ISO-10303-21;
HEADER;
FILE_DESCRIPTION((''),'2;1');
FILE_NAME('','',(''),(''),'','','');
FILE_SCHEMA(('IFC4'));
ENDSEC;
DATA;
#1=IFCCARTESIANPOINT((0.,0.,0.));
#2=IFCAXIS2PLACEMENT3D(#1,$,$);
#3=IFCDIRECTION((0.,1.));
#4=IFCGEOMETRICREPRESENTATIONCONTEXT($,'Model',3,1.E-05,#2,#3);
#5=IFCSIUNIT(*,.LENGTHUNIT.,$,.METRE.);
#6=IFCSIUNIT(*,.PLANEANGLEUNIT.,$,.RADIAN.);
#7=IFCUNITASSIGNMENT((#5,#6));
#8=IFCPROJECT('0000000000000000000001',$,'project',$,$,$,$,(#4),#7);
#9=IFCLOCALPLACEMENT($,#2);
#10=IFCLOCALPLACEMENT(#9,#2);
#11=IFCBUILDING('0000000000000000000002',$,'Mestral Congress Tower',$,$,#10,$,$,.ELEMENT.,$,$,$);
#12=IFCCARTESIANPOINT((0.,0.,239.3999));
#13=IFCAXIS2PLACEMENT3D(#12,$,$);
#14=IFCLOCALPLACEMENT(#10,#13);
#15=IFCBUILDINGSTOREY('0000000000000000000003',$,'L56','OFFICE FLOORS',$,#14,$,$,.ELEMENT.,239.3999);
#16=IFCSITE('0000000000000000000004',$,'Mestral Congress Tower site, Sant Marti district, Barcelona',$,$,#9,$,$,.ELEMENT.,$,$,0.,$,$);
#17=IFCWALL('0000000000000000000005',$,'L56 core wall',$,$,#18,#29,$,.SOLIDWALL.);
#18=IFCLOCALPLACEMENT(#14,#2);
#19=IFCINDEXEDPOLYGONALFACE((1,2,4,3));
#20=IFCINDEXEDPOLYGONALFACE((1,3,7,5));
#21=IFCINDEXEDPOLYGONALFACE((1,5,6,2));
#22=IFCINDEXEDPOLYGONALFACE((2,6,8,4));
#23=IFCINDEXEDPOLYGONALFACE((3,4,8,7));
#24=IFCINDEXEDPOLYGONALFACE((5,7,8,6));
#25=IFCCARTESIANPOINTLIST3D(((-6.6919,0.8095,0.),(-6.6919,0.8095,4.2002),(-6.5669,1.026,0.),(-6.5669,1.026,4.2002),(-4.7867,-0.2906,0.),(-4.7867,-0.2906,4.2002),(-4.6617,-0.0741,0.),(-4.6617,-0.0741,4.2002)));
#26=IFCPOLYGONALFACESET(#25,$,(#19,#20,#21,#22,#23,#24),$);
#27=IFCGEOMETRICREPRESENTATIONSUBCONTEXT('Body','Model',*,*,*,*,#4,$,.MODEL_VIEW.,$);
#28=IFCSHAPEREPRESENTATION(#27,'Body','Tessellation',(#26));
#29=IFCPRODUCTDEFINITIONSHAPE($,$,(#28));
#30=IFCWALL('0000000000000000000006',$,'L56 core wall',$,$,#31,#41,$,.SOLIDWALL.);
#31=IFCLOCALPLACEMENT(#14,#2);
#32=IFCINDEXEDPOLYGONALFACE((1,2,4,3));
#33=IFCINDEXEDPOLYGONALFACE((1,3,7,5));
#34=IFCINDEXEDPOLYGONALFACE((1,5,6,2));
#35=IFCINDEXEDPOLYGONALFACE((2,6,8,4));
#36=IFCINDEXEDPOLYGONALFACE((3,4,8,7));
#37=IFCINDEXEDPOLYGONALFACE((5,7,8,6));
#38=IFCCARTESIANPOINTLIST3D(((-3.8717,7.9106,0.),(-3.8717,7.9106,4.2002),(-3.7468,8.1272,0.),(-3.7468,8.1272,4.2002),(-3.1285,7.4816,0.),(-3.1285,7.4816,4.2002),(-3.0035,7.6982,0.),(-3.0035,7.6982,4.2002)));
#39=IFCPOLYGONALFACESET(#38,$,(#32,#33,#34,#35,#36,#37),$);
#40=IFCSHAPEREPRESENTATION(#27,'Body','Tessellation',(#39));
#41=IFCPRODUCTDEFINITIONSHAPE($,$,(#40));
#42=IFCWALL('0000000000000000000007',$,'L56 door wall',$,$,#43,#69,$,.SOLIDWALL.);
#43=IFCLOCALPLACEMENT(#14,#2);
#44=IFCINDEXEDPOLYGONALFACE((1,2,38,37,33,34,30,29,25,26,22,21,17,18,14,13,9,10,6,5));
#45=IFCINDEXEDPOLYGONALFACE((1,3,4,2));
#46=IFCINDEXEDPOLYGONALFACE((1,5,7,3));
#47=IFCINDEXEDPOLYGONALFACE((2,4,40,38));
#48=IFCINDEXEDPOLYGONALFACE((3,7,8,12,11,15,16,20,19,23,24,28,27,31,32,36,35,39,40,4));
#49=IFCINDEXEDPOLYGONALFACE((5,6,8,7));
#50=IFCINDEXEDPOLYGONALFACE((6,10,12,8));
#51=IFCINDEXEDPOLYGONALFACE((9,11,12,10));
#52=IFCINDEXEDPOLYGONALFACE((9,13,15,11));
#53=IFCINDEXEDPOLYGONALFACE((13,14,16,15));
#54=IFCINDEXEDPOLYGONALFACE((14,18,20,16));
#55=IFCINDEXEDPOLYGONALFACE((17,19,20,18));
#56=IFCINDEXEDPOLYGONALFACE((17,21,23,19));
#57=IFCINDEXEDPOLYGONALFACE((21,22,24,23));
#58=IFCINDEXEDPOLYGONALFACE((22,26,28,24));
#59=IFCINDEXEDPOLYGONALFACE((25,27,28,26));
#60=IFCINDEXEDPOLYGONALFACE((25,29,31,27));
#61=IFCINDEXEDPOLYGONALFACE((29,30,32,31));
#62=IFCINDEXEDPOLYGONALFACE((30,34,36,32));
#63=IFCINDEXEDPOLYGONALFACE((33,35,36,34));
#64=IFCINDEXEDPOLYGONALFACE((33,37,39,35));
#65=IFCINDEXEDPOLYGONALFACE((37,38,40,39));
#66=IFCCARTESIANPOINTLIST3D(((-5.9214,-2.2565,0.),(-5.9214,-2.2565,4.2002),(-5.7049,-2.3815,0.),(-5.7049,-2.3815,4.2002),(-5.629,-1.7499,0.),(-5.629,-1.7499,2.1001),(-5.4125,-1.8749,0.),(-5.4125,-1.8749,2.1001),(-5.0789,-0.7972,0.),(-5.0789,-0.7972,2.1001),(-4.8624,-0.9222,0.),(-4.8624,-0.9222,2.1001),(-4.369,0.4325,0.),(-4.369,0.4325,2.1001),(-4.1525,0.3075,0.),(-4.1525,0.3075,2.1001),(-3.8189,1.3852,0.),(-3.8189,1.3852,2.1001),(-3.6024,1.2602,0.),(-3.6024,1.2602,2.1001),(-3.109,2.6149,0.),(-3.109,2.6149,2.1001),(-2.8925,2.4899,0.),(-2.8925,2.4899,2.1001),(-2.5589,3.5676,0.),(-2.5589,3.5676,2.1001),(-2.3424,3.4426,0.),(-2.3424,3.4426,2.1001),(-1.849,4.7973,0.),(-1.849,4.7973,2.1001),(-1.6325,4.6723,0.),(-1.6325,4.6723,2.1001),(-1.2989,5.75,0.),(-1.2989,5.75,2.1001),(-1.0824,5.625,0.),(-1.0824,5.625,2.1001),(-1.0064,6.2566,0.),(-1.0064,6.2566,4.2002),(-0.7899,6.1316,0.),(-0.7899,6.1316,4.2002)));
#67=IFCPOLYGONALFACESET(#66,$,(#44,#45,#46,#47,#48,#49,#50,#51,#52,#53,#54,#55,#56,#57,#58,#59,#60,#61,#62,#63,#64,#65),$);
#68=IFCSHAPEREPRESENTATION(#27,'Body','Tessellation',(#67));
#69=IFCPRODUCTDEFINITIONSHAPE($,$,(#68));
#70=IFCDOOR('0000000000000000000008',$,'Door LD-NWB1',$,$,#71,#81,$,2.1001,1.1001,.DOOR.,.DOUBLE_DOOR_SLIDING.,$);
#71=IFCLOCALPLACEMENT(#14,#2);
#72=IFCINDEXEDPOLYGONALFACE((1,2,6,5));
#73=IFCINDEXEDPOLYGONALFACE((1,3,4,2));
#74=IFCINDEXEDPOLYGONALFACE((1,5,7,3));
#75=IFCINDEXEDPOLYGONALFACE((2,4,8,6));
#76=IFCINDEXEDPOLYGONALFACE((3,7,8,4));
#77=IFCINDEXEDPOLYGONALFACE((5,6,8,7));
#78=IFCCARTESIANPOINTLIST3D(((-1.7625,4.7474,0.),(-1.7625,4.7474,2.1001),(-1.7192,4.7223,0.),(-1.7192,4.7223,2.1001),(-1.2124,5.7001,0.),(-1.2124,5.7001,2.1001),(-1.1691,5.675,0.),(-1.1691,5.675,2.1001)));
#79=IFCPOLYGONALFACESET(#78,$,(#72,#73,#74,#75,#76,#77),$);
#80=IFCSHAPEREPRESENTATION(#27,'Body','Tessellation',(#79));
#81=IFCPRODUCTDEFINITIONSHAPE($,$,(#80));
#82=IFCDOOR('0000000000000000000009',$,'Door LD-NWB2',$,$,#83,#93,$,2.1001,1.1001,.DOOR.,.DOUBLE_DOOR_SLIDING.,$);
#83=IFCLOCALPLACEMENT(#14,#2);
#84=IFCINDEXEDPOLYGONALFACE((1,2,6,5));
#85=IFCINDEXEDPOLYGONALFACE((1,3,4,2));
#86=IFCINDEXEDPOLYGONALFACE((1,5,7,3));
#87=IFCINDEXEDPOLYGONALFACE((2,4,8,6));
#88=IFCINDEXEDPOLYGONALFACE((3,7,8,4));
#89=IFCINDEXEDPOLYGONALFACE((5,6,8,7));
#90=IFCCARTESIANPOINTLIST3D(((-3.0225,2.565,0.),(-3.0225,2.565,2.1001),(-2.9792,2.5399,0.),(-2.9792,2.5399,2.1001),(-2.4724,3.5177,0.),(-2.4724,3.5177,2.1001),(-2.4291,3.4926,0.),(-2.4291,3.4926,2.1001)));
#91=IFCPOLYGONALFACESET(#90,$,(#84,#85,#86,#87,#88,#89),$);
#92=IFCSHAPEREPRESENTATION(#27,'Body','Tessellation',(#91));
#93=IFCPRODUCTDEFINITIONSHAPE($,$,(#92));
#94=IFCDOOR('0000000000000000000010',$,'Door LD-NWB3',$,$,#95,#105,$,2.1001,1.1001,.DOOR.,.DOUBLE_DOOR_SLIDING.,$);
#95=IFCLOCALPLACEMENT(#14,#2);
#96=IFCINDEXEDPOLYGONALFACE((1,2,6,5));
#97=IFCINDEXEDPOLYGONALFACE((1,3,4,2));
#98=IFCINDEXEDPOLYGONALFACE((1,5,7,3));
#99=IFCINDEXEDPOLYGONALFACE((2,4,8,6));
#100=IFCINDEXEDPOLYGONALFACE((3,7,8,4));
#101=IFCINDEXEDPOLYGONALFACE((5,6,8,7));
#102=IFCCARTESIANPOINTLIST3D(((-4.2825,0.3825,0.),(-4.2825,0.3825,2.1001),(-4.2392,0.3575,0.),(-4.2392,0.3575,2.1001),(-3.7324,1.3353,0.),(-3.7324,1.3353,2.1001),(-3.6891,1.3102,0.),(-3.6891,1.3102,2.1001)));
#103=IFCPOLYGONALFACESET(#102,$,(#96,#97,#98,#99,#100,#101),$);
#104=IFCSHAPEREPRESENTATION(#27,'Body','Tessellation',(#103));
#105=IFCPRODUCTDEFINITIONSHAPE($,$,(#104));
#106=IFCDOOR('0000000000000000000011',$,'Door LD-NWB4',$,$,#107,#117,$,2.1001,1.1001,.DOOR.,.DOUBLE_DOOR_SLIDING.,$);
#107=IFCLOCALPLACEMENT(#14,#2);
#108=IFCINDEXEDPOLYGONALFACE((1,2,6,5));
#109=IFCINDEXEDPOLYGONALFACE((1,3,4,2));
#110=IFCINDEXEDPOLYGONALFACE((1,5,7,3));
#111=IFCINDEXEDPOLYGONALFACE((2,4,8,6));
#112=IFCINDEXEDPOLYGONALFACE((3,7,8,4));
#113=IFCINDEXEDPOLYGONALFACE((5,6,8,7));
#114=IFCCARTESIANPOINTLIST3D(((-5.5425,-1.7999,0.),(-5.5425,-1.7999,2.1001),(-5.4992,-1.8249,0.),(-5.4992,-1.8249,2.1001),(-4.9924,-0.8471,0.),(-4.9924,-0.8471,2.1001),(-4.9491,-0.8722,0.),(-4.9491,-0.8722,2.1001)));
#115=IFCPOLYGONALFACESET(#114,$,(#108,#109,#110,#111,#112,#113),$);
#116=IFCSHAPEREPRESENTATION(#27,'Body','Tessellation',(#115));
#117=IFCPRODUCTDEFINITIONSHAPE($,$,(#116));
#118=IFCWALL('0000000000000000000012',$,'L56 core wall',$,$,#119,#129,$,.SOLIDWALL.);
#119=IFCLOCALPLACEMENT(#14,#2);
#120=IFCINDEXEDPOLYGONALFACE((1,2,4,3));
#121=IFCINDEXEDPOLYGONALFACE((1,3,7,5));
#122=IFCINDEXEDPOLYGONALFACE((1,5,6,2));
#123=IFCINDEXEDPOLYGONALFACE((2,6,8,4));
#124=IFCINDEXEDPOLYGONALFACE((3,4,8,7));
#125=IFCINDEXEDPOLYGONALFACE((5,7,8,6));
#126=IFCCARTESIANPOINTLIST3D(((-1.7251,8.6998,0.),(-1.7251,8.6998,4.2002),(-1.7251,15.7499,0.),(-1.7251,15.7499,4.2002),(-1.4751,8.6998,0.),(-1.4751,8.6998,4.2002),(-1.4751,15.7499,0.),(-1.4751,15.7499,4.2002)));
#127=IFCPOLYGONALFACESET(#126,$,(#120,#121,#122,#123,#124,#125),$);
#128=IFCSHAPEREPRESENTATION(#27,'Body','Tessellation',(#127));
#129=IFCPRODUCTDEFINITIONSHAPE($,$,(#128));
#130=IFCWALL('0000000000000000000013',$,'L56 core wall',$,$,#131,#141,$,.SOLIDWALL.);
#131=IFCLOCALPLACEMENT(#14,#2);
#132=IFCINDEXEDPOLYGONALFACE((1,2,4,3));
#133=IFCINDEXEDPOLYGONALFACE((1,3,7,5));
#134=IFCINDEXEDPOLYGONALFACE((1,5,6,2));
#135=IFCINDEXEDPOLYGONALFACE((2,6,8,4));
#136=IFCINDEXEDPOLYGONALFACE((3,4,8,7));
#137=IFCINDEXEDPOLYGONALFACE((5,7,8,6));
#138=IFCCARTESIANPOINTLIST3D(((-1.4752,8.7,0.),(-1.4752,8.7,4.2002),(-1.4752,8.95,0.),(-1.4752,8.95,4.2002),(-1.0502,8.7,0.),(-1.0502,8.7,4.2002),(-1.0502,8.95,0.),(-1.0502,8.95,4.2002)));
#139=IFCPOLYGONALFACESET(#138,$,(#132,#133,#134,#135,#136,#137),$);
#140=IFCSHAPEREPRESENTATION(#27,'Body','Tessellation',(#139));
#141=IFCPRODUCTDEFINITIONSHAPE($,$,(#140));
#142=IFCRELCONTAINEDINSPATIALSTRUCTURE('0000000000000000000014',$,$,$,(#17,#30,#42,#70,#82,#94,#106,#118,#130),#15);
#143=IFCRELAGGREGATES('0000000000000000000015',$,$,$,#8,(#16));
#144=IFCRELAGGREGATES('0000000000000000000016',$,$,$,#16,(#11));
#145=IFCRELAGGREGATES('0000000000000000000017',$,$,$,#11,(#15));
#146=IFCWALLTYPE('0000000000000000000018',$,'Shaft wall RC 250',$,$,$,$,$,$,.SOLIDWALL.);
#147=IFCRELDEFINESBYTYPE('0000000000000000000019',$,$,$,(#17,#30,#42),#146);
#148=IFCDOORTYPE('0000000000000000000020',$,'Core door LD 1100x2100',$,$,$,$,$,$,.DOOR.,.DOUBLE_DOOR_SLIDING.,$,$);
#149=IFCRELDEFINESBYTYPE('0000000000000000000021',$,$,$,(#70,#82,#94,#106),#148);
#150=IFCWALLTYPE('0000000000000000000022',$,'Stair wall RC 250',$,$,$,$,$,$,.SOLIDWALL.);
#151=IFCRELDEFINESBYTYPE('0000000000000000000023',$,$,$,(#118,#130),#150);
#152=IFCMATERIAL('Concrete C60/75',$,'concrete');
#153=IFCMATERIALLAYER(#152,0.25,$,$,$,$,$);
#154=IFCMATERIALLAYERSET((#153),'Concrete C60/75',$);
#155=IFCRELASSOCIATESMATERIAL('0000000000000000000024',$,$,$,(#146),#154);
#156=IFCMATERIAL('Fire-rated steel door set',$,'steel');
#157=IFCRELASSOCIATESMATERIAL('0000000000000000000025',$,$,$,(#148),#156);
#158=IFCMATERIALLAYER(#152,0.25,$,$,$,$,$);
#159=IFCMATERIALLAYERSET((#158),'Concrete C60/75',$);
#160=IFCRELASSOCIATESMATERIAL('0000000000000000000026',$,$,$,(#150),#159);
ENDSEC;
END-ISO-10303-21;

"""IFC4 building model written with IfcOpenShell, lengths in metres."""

from ifc_helpers import new_model, si_unit, direction, frame, frame_2d, origin, place, context, subcontext, project, spatial, rectangle, extrude, material, layer, layer_set, type_object, element, fill, save


model = new_model("IFC4")

# Units and contexts
model_context = context("Model", 3, precision=1e-05, world=origin(), true_north=direction((0.0, 1.0)))
body_context = subcontext(model_context, "Body", "Model", "MODEL_VIEW")
ifc_project = project(units=[si_unit("LENGTHUNIT", "METRE"), si_unit("PLANEANGLEUNIT", "RADIAN")], contexts=[model_context])

# Site, building, storey
site_placement = place(None, origin())
site = spatial("IfcSite", under=ifc_project, at=site_placement, Name="Mestral Congress Tower site, Sant Marti district, Barcelona", CompositionType="ELEMENT", RefElevation=0.0)
building_placement = place(site_placement, origin())
building = spatial("IfcBuilding", under=site, at=building_placement, Name="Mestral Congress Tower", CompositionType="ELEMENT")
storey_placement = place(building_placement, frame((0.0, 0.0, 239.3999)))
storey = spatial("IfcBuildingStorey", under=building, at=storey_placement, Name="L56", Description="OFFICE FLOORS", CompositionType="ELEMENT", Elevation=239.3999)

# Shared definitions
ifc_material_1 = material(Name="Concrete C60/75", Category="concrete")

# Shared definitions
ifc_material_2 = material(Name="Fire-rated steel door set", Category="steel")

# Walls
ifc_layer_1 = layer(ifc_material_1, 0.25)
ifc_layer_set_1 = layer_set([ifc_layer_1], Name="Concrete C60/75")
wall_type_1 = type_object("IfcWallType", Name="Shaft wall RC 250", PredefinedType="SOLIDWALL", material=ifc_layer_set_1)
for number, where, z_axis, x_axis, name in (
    (1, (-4.7241, -0.1824, 0.0), (0.0, 0.0, 1.0), (-0.866008, 0.50003, 0.0), "L56 core wall"),
):
    element("IfcWall", number, at=place(storey_placement, frame(where, z_axis=z_axis, x_axis=x_axis)), inside=storey, type_object=wall_type_1, Name=name, PredefinedType="SOLIDWALL", context=body_context, shape_type="SweptSolid", body=[
        extrude(rectangle(XDim=2.2, YDim=0.25, at=frame_2d((1.1001, 0.0))), origin(), (0.0, 0.0, 1.0), 4.2002),
    ])
wall_1_placement = place(storey_placement, frame((-3.0659, 7.5898, 0.0), z_axis=(0.0, 0.0, 1.0), x_axis=(-0.866081, 0.499903, 0.0)))
element("IfcWall", 2, at=wall_1_placement, inside=storey, type_object=wall_type_1, Name="L56 core wall", PredefinedType="SOLIDWALL", context=body_context, shape_type="SweptSolid", body=[
    extrude(rectangle(XDim=0.8582, YDim=0.25, at=frame_2d((0.4292, 0.0))), origin(), (0.0, 0.0, 1.0), 4.2002),
])

# Wall, openings, doors
wall_2_placement = place(storey_placement, frame((-0.8982, 6.1941, 0.0), z_axis=(0.0, 0.0, 1.0), x_axis=(-0.499996, -0.866028, 0.0)))
wall_2 = element("IfcWall", 3, at=wall_2_placement, inside=storey, type_object=wall_type_1, Name="L56 door wall", PredefinedType="SOLIDWALL", context=body_context, shape_type="SweptSolid", body=[
    extrude(rectangle(XDim=9.8301, YDim=0.25, at=frame_2d((4.915, 0.0))), origin(), (0.0, 0.0, 1.0), 4.2002),
])
opening_1_placement = place(wall_2_placement, frame((0.585, 0.0, 0.0)))
opening_1 = element("IfcOpeningElement", 4, at=opening_1_placement, cuts=wall_2, PredefinedType="OPENING", context=body_context, shape_type="SweptSolid", body=[
    extrude(rectangle(XDim=1.1001, YDim=2.1001, at=frame_2d((0.55, 1.05))), frame((0.0, 0.135, 0.0), z_axis=(0.0, -1.0, 0.0), x_axis=(1.0, 0.0, 0.0)), (0.0, 0.0, 1.0), 0.27),
])
opening_2_placement = place(wall_2_placement, frame((3.105, 0.0, 0.0)))
opening_2 = element("IfcOpeningElement", 5, at=opening_2_placement, cuts=wall_2, PredefinedType="OPENING", context=body_context, shape_type="SweptSolid", body=[
    extrude(rectangle(XDim=1.1001, YDim=2.1001, at=frame_2d((0.55, 1.05))), frame((0.0, 0.135, 0.0), z_axis=(0.0, -1.0, 0.0), x_axis=(1.0, 0.0, 0.0)), (0.0, 0.0, 1.0), 0.27),
])
opening_3_placement = place(wall_2_placement, frame((5.625, 0.0, 0.0)))
opening_3 = element("IfcOpeningElement", 6, at=opening_3_placement, cuts=wall_2, PredefinedType="OPENING", context=body_context, shape_type="SweptSolid", body=[
    extrude(rectangle(XDim=1.1001, YDim=2.1001, at=frame_2d((0.55, 1.05))), frame((0.0, 0.135, 0.0), z_axis=(0.0, -1.0, 0.0), x_axis=(1.0, 0.0, 0.0)), (0.0, 0.0, 1.0), 0.27),
])
opening_4_placement = place(wall_2_placement, frame((8.145, 0.0, 0.0)))
opening_4 = element("IfcOpeningElement", 7, at=opening_4_placement, cuts=wall_2, PredefinedType="OPENING", context=body_context, shape_type="SweptSolid", body=[
    extrude(rectangle(XDim=1.1001, YDim=2.1001, at=frame_2d((0.55, 1.05))), frame((0.0, 0.135, 0.0), z_axis=(0.0, -1.0, 0.0), x_axis=(1.0, 0.0, 0.0)), (0.0, 0.0, 1.0), 0.27),
])
door_type_1 = type_object("IfcDoorType", Name="Core door LD 1100x2100", OperationType="DOUBLE_DOOR_SLIDING", PredefinedType="DOOR", material=ifc_material_2)
door_1_placement = place(opening_1_placement, origin())
door_1 = element("IfcDoor", 8, at=door_1_placement, inside=storey, type_object=door_type_1, Name="Door LD-NWB1", OperationType="DOUBLE_DOOR_SLIDING", OverallHeight=2.1001, OverallWidth=1.1001, PredefinedType="DOOR", context=body_context, shape_type="SweptSolid", body=[
    extrude(rectangle(XDim=1.1001, YDim=2.1001, at=frame_2d((0.55, 1.05))), frame((0.0, 0.0249, 0.0), z_axis=(0.0, -1.0, 0.0), x_axis=(1.0, 0.0, 0.0)), (0.0, 0.0, 1.0), 0.05),
])
fill(opening_1, door_1)
door_2_placement = place(opening_2_placement, origin())
door_2 = element("IfcDoor", 9, at=door_2_placement, inside=storey, type_object=door_type_1, Name="Door LD-NWB2", OperationType="DOUBLE_DOOR_SLIDING", OverallHeight=2.1001, OverallWidth=1.1001, PredefinedType="DOOR", context=body_context, shape_type="SweptSolid", body=[
    extrude(rectangle(XDim=1.1001, YDim=2.1001, at=frame_2d((0.55, 1.05))), frame((0.0, 0.0249, 0.0), z_axis=(0.0, -1.0, 0.0), x_axis=(1.0, 0.0, 0.0)), (0.0, 0.0, 1.0), 0.05),
])
fill(opening_2, door_2)
door_3_placement = place(opening_3_placement, origin())
door_3 = element("IfcDoor", 10, at=door_3_placement, inside=storey, type_object=door_type_1, Name="Door LD-NWB3", OperationType="DOUBLE_DOOR_SLIDING", OverallHeight=2.1001, OverallWidth=1.1001, PredefinedType="DOOR", context=body_context, shape_type="SweptSolid", body=[
    extrude(rectangle(XDim=1.1001, YDim=2.1001, at=frame_2d((0.55, 1.05))), frame((0.0, 0.0249, 0.0), z_axis=(0.0, -1.0, 0.0), x_axis=(1.0, 0.0, 0.0)), (0.0, 0.0, 1.0), 0.05),
])
fill(opening_3, door_3)
door_4_placement = place(opening_4_placement, origin())
door_4 = element("IfcDoor", 11, at=door_4_placement, inside=storey, type_object=door_type_1, Name="Door LD-NWB4", OperationType="DOUBLE_DOOR_SLIDING", OverallHeight=2.1001, OverallWidth=1.1001, PredefinedType="DOOR", context=body_context, shape_type="SweptSolid", body=[
    extrude(rectangle(XDim=1.1001, YDim=2.1001, at=frame_2d((0.55, 1.05))), frame((0.0, 0.0249, 0.0), z_axis=(0.0, -1.0, 0.0), x_axis=(1.0, 0.0, 0.0)), (0.0, 0.0, 1.0), 0.05),
])
fill(opening_4, door_4)

# Walls
ifc_layer_2 = layer(ifc_material_1, 0.25)
ifc_layer_set_2 = layer_set([ifc_layer_2], Name="Concrete C60/75")
wall_type_2 = type_object("IfcWallType", Name="Stair wall RC 250", PredefinedType="SOLIDWALL", material=ifc_layer_set_2)
wall_3_placement = place(storey_placement, frame((-1.6001, 8.7, 0.0), z_axis=(0.0, 0.0, 1.0), x_axis=(0.0, 1.0, 0.0)))
element("IfcWall", 12, at=wall_3_placement, inside=storey, type_object=wall_type_2, Name="L56 core wall", PredefinedType="SOLIDWALL", context=body_context, shape_type="SweptSolid", body=[
    extrude(rectangle(XDim=7.05, YDim=0.25, at=frame_2d((3.5249, 0.0))), origin(), (0.0, 0.0, 1.0), 4.2002),
])
wall_4_placement = place(storey_placement, frame((-1.4751, 8.825, 0.0), z_axis=(0.0, 0.0, 1.0), x_axis=(1.0, 0.0, 0.0)))
element("IfcWall", 13, at=wall_4_placement, inside=storey, type_object=wall_type_2, Name="L56 core wall", PredefinedType="SOLIDWALL", context=body_context, shape_type="SweptSolid", body=[
    extrude(rectangle(XDim=0.425, YDim=0.25, at=frame_2d((0.2124, 0.0))), origin(), (0.0, 0.0, 1.0), 4.2002),
])

save(model, "model.ifc")
